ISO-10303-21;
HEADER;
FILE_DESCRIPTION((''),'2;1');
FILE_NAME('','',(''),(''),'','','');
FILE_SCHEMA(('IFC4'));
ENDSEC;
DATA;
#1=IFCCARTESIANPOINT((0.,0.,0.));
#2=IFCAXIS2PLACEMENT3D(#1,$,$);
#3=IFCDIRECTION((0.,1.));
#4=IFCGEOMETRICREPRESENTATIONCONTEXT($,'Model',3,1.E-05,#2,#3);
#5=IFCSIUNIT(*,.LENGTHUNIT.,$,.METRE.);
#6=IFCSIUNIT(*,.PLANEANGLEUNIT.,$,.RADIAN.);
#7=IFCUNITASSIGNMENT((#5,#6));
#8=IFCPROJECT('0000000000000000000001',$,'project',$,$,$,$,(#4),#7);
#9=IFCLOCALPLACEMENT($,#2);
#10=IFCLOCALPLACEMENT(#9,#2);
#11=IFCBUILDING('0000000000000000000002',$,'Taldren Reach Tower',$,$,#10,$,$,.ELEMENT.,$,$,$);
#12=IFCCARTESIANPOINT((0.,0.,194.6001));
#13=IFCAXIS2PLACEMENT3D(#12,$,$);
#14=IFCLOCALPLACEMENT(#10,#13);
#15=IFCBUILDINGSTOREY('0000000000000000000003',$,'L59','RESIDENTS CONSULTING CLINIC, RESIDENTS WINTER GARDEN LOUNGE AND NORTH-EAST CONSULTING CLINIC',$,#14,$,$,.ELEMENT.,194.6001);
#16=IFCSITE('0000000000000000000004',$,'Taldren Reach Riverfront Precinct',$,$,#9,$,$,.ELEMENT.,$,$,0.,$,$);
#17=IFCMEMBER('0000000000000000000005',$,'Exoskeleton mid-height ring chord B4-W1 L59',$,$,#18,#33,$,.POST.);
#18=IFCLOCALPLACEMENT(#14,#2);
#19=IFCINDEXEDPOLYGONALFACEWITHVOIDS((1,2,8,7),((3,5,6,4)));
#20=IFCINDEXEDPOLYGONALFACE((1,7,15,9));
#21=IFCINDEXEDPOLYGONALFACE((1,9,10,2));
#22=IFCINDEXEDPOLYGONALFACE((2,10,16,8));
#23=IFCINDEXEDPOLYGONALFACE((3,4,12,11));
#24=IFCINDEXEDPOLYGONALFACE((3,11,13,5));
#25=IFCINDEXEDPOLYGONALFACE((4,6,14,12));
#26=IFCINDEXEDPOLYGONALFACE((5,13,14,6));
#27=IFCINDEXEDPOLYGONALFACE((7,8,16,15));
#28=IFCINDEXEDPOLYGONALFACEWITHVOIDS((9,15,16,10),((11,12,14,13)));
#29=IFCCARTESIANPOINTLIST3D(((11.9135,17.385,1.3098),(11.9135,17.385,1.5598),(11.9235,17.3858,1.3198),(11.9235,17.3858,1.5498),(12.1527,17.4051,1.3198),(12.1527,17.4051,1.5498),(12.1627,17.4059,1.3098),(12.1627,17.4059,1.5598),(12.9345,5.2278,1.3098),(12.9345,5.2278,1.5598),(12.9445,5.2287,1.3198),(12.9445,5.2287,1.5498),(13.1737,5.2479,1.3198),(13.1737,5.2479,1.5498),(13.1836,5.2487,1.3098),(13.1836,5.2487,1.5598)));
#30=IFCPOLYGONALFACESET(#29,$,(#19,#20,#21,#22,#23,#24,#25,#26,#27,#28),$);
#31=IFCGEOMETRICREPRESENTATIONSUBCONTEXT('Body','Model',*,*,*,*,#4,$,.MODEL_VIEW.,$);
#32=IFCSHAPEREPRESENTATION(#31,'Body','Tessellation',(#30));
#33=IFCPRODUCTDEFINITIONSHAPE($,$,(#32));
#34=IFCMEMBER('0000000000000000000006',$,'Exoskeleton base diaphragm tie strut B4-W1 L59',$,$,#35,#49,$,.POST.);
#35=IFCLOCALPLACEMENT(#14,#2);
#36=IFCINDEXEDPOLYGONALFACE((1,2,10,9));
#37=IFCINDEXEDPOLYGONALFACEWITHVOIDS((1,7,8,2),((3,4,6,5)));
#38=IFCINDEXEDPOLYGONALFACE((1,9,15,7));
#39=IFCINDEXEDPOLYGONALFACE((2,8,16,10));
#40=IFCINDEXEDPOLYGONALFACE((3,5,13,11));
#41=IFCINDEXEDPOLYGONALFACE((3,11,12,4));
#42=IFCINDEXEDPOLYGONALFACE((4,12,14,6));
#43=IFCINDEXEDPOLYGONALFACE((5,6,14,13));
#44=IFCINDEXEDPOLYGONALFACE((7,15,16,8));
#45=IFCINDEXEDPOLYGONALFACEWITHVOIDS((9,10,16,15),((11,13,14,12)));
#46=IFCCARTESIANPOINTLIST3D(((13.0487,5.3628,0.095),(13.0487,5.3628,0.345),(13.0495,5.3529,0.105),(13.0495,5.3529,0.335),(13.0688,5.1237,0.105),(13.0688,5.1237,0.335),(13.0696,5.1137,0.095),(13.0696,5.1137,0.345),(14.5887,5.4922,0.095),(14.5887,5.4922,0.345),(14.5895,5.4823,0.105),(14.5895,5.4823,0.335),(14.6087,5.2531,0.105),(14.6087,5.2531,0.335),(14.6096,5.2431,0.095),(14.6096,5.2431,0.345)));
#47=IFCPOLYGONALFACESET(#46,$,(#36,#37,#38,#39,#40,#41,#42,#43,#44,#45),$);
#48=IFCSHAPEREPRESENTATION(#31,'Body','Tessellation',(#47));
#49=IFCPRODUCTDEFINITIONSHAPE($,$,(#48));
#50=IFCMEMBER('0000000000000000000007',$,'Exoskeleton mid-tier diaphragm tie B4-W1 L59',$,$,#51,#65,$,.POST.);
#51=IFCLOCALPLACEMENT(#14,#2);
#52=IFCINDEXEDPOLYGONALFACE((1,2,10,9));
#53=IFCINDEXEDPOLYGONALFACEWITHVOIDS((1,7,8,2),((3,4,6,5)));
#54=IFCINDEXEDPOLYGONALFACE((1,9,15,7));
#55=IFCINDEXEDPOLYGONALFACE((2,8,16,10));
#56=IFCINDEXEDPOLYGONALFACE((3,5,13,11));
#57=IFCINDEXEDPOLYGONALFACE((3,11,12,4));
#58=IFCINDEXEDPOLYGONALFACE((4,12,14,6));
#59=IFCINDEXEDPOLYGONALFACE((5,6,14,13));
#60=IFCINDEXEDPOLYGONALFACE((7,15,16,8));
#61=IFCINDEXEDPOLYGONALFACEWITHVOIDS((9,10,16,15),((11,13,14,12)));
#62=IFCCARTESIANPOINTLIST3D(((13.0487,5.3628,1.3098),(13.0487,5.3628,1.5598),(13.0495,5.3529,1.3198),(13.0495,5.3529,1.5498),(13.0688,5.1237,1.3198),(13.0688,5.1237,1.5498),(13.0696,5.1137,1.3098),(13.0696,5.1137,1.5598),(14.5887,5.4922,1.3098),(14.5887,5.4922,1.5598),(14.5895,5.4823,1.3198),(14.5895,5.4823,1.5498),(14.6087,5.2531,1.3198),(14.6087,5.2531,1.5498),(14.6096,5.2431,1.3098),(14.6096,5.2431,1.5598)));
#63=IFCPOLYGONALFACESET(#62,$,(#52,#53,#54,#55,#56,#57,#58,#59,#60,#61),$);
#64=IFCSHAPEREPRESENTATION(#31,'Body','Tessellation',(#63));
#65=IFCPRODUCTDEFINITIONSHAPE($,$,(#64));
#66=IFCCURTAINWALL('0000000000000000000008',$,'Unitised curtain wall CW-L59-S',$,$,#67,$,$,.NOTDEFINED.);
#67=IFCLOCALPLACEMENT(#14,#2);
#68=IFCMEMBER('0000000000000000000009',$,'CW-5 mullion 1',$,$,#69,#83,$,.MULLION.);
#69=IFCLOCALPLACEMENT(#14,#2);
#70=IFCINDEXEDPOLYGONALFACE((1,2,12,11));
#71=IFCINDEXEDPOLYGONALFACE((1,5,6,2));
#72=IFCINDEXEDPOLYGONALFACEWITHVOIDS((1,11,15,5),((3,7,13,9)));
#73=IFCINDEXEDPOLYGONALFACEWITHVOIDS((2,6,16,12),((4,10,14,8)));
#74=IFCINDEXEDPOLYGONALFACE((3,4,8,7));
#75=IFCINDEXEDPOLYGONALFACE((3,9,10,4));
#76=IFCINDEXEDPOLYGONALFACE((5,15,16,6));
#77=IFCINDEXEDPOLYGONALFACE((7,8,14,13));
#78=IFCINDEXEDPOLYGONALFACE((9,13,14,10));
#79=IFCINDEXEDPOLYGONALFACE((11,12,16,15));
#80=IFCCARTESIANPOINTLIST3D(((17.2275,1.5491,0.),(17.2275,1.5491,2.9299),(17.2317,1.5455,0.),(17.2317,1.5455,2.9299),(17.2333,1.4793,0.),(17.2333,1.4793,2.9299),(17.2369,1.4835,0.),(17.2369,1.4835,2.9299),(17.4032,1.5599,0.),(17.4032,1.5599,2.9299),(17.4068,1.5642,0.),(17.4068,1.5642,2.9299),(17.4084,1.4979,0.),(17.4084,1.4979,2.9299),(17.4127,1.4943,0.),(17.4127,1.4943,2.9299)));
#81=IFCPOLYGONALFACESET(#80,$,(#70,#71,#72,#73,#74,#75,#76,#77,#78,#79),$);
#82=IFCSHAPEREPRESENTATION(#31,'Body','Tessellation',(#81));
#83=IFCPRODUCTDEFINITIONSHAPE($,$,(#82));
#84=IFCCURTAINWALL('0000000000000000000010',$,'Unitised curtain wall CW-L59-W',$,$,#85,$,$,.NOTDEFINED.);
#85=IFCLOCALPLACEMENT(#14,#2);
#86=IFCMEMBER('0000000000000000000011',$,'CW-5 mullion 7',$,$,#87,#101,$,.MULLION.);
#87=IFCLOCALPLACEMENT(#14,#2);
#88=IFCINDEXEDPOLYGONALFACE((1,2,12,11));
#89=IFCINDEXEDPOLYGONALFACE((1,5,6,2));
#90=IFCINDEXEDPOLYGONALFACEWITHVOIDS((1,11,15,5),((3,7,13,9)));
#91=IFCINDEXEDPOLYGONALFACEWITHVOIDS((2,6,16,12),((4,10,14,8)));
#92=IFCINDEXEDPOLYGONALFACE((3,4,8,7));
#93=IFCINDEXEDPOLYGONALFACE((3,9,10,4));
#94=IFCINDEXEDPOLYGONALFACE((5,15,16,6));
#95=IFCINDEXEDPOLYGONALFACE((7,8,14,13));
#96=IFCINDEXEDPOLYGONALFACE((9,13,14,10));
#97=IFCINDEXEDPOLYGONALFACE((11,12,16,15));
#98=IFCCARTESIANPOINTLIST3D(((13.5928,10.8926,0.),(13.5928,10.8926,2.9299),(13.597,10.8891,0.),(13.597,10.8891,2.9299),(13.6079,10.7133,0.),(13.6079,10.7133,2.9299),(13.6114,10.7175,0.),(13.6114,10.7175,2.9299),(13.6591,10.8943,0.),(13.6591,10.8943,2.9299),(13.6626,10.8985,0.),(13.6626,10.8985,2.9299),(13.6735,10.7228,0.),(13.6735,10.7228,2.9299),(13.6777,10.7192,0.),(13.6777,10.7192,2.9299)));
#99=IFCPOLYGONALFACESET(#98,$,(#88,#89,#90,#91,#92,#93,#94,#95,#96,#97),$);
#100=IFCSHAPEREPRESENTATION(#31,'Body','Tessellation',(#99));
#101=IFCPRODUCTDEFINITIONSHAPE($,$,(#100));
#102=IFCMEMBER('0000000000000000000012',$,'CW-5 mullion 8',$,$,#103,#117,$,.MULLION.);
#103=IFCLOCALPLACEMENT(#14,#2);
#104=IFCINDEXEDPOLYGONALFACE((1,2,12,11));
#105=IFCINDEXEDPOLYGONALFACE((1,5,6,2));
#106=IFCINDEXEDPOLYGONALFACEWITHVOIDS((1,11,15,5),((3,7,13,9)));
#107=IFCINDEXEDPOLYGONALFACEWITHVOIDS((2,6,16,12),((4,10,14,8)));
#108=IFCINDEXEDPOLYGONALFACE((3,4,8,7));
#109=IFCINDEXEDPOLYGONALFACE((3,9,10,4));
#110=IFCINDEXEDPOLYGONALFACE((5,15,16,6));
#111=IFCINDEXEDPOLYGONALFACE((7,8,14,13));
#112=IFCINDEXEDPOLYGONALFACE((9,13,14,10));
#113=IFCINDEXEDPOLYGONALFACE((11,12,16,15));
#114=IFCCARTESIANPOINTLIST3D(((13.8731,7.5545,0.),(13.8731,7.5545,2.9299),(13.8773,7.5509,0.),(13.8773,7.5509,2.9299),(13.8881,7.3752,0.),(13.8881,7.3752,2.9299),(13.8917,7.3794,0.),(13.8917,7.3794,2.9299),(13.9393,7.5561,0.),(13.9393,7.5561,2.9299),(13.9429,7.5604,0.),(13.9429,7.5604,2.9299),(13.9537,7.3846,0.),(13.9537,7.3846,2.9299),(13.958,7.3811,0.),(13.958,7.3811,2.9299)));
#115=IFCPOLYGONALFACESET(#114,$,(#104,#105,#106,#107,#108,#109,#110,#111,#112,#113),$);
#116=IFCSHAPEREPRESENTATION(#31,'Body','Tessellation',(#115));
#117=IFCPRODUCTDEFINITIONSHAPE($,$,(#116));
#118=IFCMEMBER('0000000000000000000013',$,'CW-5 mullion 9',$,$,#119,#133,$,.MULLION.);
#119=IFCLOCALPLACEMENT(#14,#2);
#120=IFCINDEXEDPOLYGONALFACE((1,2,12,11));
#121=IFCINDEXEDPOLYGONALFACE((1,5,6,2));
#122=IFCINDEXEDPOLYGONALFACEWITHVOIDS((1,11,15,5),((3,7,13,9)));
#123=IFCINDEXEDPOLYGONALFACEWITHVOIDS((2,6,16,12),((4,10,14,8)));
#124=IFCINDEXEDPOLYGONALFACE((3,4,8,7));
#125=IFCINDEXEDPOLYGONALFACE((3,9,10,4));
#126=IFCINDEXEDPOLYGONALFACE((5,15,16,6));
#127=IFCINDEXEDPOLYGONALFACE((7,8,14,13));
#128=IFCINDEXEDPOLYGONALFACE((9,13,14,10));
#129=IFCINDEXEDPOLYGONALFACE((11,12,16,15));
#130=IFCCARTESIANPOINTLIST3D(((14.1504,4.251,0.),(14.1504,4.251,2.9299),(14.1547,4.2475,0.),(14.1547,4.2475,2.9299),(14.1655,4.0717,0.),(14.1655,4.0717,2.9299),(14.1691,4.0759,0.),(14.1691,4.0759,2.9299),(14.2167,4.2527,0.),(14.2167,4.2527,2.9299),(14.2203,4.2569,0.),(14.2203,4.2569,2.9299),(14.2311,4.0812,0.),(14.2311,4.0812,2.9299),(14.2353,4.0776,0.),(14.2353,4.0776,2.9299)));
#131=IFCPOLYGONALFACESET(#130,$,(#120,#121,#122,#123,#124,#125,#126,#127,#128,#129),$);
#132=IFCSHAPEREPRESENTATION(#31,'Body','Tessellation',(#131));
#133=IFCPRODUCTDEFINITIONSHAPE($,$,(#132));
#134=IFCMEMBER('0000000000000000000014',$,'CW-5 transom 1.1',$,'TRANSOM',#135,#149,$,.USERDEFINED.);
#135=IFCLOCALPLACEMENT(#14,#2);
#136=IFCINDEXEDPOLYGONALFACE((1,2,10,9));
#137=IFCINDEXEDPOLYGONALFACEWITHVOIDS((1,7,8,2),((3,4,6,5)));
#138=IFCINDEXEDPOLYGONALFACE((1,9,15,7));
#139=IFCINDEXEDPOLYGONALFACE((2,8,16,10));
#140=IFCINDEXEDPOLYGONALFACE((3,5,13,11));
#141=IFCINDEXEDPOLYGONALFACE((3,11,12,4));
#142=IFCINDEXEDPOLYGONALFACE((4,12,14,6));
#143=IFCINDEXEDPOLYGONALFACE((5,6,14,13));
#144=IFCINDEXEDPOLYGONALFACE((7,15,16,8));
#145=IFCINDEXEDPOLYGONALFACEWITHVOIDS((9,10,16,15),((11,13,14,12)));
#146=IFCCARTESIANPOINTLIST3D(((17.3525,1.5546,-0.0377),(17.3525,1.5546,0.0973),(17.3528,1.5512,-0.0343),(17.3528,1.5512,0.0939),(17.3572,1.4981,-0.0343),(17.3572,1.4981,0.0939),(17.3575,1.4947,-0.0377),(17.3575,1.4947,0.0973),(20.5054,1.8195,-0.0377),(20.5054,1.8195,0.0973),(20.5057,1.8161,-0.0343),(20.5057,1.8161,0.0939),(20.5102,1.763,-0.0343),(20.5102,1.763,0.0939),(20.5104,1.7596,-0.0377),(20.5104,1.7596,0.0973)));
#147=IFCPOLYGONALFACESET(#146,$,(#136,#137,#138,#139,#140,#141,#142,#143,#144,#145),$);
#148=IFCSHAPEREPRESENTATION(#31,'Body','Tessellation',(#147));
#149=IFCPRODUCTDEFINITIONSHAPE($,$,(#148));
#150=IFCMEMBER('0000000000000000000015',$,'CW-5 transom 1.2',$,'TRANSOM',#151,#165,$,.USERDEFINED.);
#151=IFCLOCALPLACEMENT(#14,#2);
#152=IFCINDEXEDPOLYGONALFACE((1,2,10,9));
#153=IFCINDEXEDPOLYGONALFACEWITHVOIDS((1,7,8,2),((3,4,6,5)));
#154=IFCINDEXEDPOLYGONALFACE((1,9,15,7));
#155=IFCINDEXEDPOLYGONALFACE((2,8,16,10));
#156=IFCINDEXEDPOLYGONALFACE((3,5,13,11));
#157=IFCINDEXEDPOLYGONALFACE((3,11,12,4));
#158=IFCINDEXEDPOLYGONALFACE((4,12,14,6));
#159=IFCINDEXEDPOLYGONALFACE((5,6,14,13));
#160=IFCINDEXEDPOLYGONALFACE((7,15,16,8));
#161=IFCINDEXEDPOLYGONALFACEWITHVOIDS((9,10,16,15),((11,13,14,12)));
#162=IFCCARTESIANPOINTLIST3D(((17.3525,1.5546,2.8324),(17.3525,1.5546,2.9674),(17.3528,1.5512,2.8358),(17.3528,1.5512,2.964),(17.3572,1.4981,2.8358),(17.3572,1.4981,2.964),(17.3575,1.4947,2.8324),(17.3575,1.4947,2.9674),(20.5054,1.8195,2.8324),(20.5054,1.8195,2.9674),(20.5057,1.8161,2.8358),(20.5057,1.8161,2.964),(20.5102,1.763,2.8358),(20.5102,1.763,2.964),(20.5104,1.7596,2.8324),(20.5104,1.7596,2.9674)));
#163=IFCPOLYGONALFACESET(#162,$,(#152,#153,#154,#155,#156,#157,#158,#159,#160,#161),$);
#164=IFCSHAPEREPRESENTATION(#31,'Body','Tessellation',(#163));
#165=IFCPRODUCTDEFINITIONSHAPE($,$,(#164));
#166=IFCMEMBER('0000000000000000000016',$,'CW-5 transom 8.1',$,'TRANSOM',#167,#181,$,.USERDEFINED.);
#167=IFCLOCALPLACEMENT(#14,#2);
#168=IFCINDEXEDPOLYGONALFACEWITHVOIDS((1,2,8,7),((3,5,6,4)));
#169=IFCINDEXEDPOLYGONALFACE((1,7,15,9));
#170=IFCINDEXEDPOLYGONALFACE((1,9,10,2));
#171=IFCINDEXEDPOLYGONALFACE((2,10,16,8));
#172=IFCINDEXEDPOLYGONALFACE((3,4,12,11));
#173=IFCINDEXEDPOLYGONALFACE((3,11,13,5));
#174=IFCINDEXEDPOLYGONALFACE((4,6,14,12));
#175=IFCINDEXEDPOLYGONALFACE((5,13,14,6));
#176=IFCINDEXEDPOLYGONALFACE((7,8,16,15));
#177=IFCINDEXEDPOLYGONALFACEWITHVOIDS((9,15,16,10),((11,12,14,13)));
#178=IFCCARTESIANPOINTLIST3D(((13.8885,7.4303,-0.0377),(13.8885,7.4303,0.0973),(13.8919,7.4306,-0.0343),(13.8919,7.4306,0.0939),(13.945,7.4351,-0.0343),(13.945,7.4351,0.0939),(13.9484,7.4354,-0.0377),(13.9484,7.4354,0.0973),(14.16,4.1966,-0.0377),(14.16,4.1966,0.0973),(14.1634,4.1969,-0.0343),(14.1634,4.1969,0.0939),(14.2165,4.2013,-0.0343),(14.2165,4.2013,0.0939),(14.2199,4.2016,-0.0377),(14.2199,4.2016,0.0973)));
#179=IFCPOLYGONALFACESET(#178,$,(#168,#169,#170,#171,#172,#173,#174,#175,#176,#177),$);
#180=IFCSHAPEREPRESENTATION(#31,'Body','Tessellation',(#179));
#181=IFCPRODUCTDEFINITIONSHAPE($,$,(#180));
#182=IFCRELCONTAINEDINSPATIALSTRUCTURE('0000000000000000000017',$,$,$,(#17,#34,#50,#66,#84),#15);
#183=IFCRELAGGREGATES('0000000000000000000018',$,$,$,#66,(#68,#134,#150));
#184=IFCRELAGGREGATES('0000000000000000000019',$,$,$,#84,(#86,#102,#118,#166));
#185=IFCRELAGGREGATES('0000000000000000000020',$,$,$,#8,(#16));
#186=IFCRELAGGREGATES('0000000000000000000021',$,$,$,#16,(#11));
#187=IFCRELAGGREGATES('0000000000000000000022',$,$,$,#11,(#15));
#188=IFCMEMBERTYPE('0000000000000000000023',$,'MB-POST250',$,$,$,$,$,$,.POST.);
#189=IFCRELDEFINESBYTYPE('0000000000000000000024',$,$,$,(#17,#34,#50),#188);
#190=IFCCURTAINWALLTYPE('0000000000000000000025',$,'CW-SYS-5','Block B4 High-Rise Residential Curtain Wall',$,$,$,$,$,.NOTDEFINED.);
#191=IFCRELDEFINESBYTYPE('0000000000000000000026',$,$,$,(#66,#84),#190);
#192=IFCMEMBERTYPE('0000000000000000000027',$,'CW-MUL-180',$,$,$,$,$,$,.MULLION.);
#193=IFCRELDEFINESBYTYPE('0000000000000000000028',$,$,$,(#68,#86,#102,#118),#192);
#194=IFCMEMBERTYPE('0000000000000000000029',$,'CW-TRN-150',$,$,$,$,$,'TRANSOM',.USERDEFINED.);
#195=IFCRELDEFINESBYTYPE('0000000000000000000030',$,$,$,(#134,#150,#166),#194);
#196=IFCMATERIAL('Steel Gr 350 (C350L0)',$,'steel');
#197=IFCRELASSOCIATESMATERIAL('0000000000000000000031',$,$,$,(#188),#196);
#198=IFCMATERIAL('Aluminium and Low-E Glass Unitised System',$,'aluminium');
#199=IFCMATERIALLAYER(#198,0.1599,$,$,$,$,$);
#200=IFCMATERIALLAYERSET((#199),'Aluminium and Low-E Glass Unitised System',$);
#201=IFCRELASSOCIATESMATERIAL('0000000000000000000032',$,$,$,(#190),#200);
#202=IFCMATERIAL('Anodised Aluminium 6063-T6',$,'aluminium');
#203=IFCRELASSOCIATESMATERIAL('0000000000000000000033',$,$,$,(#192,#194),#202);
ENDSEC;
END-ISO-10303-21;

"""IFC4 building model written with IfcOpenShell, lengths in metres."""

from ifc_helpers import new_model, si_unit, direction, frame, origin, origin_2d, place, context, subcontext, project, spatial, hollow_rectangle, extrude, source, transform, mapped, material, layer, layer_set, material_profile, profile_set, type_object, element, aggregate, save


model = new_model("IFC4")

# Units and contexts
model_context = context("Model", 3, precision=1e-05, world=origin(), true_north=direction((0.0, 1.0)))
body_context = subcontext(model_context, "Body", "Model", "MODEL_VIEW")
ifc_project = project(units=[si_unit("LENGTHUNIT", "METRE"), si_unit("PLANEANGLEUNIT", "RADIAN")], contexts=[model_context])

# Site, building, storey
site_placement = place(None, origin())
site = spatial("IfcSite", under=ifc_project, at=site_placement, Name="Taldren Reach Riverfront Precinct", CompositionType="ELEMENT", RefElevation=0.0)
building_placement = place(site_placement, origin())
building = spatial("IfcBuilding", under=site, at=building_placement, Name="Taldren Reach Tower", CompositionType="ELEMENT")
storey_placement = place(building_placement, frame((0.0, 0.0, 194.6001)))
storey = spatial("IfcBuildingStorey", under=building, at=storey_placement, Name="L59", Description="RESIDENTS CONSULTING CLINIC, RESIDENTS WINTER GARDEN LOUNGE AND NORTH-EAST CONSULTING CLINIC", CompositionType="ELEMENT", Elevation=194.6001)

# Shared definitions
ifc_material_1 = material(Name="Steel Gr 350 (C350L0)", Category="steel")

# Shared definitions
ifc_material_profile_1 = material_profile(ifc_material_1, hollow_rectangle(XDim=0.25, YDim=0.25, WallThickness=0.01, at=origin_2d()), Name="250x250x10.0SHS")
ifc_profile_set_1 = profile_set([ifc_material_profile_1], Name="Steel Gr 350 (C350L0)")
member_type_1 = type_object("IfcMemberType", Name="MB-POST250", PredefinedType="POST", material=ifc_profile_set_1)

# Members
shared_shape_1 = source(origin(), body_context, "Body", "SweptSolid", [
    extrude(hollow_rectangle(XDim=0.25, YDim=0.25, WallThickness=0.01, at=origin_2d()), origin(), (0.0, 0.0, 1.0), 12.2),
])
member_1_placement = place(storey_placement, frame((13.0591, 5.2383, 1.4348), z_axis=(-0.083688, 0.996492, 0.0), x_axis=(-0.996492, -0.083688, 0.0)))
element("IfcMember", 1, at=member_1_placement, inside=storey, type_object=member_type_1, Name="Exoskeleton mid-height ring chord B4-W1 L59", PredefinedType="POST", context=body_context, shape_type="MappedRepresentation", body=[
    mapped(shared_shape_1, transform((0.0, 0.0, 0.0), scale=1.0)),
])
shared_shape_2 = source(origin(), body_context, "Body", "SweptSolid", [
    extrude(hollow_rectangle(XDim=0.25, YDim=0.25, WallThickness=0.01, at=origin_2d()), origin(), (0.0, 0.0, 1.0), 1.5454),
])
for number, where, z_axis, x_axis, name in (
    (2, (14.5991, 5.3677, 0.22), (-0.996489, -0.083725, 0.0), (0.083725, -0.996489, 0.0), "Exoskeleton base diaphragm tie strut B4-W1 L59"),
    (3, (14.5991, 5.3677, 1.4348), (-0.996489, -0.083725, 0.0), (0.083725, -0.996489, 0.0), "Exoskeleton mid-tier diaphragm tie B4-W1 L59"),
):
    element("IfcMember", number, at=place(storey_placement, frame(where, z_axis=z_axis, x_axis=x_axis)), inside=storey, type_object=member_type_1, Name=name, PredefinedType="POST", context=body_context, shape_type="MappedRepresentation", body=[
        mapped(shared_shape_2, transform((0.0, 0.0, 0.0), scale=1.0)),
    ])

# Curtain wall, member
ifc_material_2 = material(Name="Aluminium and Low-E Glass Unitised System", Category="aluminium")
ifc_layer_1 = layer(ifc_material_2, 0.1599)
ifc_layer_set_1 = layer_set([ifc_layer_1], Name="Aluminium and Low-E Glass Unitised System")
curtain_wall_type = type_object("IfcCurtainWallType", Name="CW-SYS-5", Description="Block B4 High-Rise Residential Curtain Wall", PredefinedType="NOTDEFINED", material=ifc_layer_set_1)
curtain_wall_1_placement = place(storey_placement, origin())
curtain_wall_1 = element("IfcCurtainWall", 4, at=curtain_wall_1_placement, inside=storey, type_object=curtain_wall_type, Name="Unitised curtain wall CW-L59-S", PredefinedType="NOTDEFINED")
ifc_material_3 = material(Name="Anodised Aluminium 6063-T6", Category="aluminium")
ifc_material_profile_2 = material_profile(ifc_material_3, hollow_rectangle(XDim=0.0701, YDim=0.1799, WallThickness=0.0039, at=origin_2d()), Name="ALU-180x70x4RHS")
ifc_profile_set_2 = profile_set([ifc_material_profile_2], Name="Anodised Aluminium 6063-T6")
member_type_2 = type_object("IfcMemberType", Name="CW-MUL-180", PredefinedType="MULLION", material=ifc_profile_set_2)
shared_shape_3 = source(origin(), body_context, "Body", "SweptSolid", [
    extrude(hollow_rectangle(XDim=0.0701, YDim=0.1799, WallThickness=0.0039, at=origin_2d()), origin(), (0.0, 0.0, 1.0), 2.9299),
])
member_2_placement = place(storey_placement, frame((17.3201, 1.5217, 0.0), z_axis=(0.0, 0.0, 1.0), x_axis=(-0.083678, 0.996493, 0.0)))
member_2 = element("IfcMember", 5, at=member_2_placement, type_object=member_type_2, Name="CW-5 mullion 1", PredefinedType="MULLION", context=body_context, shape_type="MappedRepresentation", body=[
    mapped(shared_shape_3, transform((0.0, 0.0, 0.0), scale=1.0)),
])

# Curtain wall, members
curtain_wall_2_placement = place(storey_placement, origin())
curtain_wall_2 = element("IfcCurtainWall", 6, at=curtain_wall_2_placement, inside=storey, type_object=curtain_wall_type, Name="Unitised curtain wall CW-L59-W", PredefinedType="NOTDEFINED")
member_3_placement = place(storey_placement, frame((13.6353, 10.8059, 0.0), z_axis=(0.0, 0.0, 1.0), x_axis=(0.996493, 0.083678, 0.0)))
member_3 = element("IfcMember", 7, at=member_3_placement, type_object=member_type_2, Name="CW-5 mullion 7", PredefinedType="MULLION", context=body_context, shape_type="MappedRepresentation", body=[
    mapped(shared_shape_3, transform((0.0, 0.0, 0.0), scale=1.0)),
])
member_4_placement = place(storey_placement, frame((13.9155, 7.4678, 0.0), z_axis=(0.0, 0.0, 1.0), x_axis=(0.996493, 0.083678, 0.0)))
member_4 = element("IfcMember", 8, at=member_4_placement, type_object=member_type_2, Name="CW-5 mullion 8", PredefinedType="MULLION", context=body_context, shape_type="MappedRepresentation", body=[
    mapped(shared_shape_3, transform((0.0, 0.0, 0.0), scale=1.0)),
])
member_5_placement = place(storey_placement, frame((14.1929, 4.1643, 0.0), z_axis=(0.0, 0.0, 1.0), x_axis=(0.996493, 0.083678, 0.0)))
member_5 = element("IfcMember", 9, at=member_5_placement, type_object=member_type_2, Name="CW-5 mullion 9", PredefinedType="MULLION", context=body_context, shape_type="MappedRepresentation", body=[
    mapped(shared_shape_3, transform((0.0, 0.0, 0.0), scale=1.0)),
])

# Members
ifc_material_profile_3 = material_profile(ifc_material_3, hollow_rectangle(XDim=0.0601, YDim=0.135, WallThickness=0.0034, at=origin_2d()), Name="ALU-135x60x3.5RHS")
ifc_profile_set_3 = profile_set([ifc_material_profile_3], Name="Anodised Aluminium 6063-T6")
member_type_3 = type_object("IfcMemberType", Name="CW-TRN-150", ElementType="TRANSOM", PredefinedType="USERDEFINED", material=ifc_profile_set_3)
shared_shape_4 = source(origin(), body_context, "Body", "SweptSolid", [
    extrude(hollow_rectangle(XDim=0.0601, YDim=0.135, WallThickness=0.0034, at=origin_2d()), origin(), (0.0, 0.0, 1.0), 3.1641),
])
member_6_placement = place(storey_placement, frame((17.355, 1.5247, 0.0298), z_axis=(0.99649, 0.083716, 0.0), x_axis=(-0.083716, 0.99649, 0.0)))
member_6 = element("IfcMember", 10, at=member_6_placement, type_object=member_type_3, Name="CW-5 transom 1.1", ObjectType="TRANSOM", PredefinedType="USERDEFINED", context=body_context, shape_type="MappedRepresentation", body=[
    mapped(shared_shape_4, transform((0.0, 0.0, 0.0), scale=1.0)),
])
member_7_placement = place(storey_placement, frame((17.355, 1.5247, 2.8999), z_axis=(0.99649, 0.083716, 0.0), x_axis=(-0.083716, 0.99649, 0.0)))
member_7 = element("IfcMember", 11, at=member_7_placement, type_object=member_type_3, Name="CW-5 transom 1.2", ObjectType="TRANSOM", PredefinedType="USERDEFINED", context=body_context, shape_type="MappedRepresentation", body=[
    mapped(shared_shape_4, transform((0.0, 0.0, 0.0), scale=1.0)),
])
aggregate(curtain_wall_1, [member_2, member_6, member_7])
shared_shape_5 = source(origin(), body_context, "Body", "SweptSolid", [
    extrude(hollow_rectangle(XDim=0.0601, YDim=0.135, WallThickness=0.0034, at=origin_2d()), origin(), (0.0, 0.0, 1.0), 3.2451),
])
member_8_placement = place(storey_placement, frame((13.9185, 7.4329, 0.0298), z_axis=(0.083662, -0.996494, 0.0), x_axis=(0.996494, 0.083662, 0.0)))
member_8 = element("IfcMember", 12, at=member_8_placement, type_object=member_type_3, Name="CW-5 transom 8.1", ObjectType="TRANSOM", PredefinedType="USERDEFINED", context=body_context, shape_type="MappedRepresentation", body=[
    mapped(shared_shape_5, transform((0.0, 0.0, 0.0), scale=1.0)),
])

aggregate(curtain_wall_2, [member_3, member_4, member_5, member_8])

save(model, "model.ifc")
